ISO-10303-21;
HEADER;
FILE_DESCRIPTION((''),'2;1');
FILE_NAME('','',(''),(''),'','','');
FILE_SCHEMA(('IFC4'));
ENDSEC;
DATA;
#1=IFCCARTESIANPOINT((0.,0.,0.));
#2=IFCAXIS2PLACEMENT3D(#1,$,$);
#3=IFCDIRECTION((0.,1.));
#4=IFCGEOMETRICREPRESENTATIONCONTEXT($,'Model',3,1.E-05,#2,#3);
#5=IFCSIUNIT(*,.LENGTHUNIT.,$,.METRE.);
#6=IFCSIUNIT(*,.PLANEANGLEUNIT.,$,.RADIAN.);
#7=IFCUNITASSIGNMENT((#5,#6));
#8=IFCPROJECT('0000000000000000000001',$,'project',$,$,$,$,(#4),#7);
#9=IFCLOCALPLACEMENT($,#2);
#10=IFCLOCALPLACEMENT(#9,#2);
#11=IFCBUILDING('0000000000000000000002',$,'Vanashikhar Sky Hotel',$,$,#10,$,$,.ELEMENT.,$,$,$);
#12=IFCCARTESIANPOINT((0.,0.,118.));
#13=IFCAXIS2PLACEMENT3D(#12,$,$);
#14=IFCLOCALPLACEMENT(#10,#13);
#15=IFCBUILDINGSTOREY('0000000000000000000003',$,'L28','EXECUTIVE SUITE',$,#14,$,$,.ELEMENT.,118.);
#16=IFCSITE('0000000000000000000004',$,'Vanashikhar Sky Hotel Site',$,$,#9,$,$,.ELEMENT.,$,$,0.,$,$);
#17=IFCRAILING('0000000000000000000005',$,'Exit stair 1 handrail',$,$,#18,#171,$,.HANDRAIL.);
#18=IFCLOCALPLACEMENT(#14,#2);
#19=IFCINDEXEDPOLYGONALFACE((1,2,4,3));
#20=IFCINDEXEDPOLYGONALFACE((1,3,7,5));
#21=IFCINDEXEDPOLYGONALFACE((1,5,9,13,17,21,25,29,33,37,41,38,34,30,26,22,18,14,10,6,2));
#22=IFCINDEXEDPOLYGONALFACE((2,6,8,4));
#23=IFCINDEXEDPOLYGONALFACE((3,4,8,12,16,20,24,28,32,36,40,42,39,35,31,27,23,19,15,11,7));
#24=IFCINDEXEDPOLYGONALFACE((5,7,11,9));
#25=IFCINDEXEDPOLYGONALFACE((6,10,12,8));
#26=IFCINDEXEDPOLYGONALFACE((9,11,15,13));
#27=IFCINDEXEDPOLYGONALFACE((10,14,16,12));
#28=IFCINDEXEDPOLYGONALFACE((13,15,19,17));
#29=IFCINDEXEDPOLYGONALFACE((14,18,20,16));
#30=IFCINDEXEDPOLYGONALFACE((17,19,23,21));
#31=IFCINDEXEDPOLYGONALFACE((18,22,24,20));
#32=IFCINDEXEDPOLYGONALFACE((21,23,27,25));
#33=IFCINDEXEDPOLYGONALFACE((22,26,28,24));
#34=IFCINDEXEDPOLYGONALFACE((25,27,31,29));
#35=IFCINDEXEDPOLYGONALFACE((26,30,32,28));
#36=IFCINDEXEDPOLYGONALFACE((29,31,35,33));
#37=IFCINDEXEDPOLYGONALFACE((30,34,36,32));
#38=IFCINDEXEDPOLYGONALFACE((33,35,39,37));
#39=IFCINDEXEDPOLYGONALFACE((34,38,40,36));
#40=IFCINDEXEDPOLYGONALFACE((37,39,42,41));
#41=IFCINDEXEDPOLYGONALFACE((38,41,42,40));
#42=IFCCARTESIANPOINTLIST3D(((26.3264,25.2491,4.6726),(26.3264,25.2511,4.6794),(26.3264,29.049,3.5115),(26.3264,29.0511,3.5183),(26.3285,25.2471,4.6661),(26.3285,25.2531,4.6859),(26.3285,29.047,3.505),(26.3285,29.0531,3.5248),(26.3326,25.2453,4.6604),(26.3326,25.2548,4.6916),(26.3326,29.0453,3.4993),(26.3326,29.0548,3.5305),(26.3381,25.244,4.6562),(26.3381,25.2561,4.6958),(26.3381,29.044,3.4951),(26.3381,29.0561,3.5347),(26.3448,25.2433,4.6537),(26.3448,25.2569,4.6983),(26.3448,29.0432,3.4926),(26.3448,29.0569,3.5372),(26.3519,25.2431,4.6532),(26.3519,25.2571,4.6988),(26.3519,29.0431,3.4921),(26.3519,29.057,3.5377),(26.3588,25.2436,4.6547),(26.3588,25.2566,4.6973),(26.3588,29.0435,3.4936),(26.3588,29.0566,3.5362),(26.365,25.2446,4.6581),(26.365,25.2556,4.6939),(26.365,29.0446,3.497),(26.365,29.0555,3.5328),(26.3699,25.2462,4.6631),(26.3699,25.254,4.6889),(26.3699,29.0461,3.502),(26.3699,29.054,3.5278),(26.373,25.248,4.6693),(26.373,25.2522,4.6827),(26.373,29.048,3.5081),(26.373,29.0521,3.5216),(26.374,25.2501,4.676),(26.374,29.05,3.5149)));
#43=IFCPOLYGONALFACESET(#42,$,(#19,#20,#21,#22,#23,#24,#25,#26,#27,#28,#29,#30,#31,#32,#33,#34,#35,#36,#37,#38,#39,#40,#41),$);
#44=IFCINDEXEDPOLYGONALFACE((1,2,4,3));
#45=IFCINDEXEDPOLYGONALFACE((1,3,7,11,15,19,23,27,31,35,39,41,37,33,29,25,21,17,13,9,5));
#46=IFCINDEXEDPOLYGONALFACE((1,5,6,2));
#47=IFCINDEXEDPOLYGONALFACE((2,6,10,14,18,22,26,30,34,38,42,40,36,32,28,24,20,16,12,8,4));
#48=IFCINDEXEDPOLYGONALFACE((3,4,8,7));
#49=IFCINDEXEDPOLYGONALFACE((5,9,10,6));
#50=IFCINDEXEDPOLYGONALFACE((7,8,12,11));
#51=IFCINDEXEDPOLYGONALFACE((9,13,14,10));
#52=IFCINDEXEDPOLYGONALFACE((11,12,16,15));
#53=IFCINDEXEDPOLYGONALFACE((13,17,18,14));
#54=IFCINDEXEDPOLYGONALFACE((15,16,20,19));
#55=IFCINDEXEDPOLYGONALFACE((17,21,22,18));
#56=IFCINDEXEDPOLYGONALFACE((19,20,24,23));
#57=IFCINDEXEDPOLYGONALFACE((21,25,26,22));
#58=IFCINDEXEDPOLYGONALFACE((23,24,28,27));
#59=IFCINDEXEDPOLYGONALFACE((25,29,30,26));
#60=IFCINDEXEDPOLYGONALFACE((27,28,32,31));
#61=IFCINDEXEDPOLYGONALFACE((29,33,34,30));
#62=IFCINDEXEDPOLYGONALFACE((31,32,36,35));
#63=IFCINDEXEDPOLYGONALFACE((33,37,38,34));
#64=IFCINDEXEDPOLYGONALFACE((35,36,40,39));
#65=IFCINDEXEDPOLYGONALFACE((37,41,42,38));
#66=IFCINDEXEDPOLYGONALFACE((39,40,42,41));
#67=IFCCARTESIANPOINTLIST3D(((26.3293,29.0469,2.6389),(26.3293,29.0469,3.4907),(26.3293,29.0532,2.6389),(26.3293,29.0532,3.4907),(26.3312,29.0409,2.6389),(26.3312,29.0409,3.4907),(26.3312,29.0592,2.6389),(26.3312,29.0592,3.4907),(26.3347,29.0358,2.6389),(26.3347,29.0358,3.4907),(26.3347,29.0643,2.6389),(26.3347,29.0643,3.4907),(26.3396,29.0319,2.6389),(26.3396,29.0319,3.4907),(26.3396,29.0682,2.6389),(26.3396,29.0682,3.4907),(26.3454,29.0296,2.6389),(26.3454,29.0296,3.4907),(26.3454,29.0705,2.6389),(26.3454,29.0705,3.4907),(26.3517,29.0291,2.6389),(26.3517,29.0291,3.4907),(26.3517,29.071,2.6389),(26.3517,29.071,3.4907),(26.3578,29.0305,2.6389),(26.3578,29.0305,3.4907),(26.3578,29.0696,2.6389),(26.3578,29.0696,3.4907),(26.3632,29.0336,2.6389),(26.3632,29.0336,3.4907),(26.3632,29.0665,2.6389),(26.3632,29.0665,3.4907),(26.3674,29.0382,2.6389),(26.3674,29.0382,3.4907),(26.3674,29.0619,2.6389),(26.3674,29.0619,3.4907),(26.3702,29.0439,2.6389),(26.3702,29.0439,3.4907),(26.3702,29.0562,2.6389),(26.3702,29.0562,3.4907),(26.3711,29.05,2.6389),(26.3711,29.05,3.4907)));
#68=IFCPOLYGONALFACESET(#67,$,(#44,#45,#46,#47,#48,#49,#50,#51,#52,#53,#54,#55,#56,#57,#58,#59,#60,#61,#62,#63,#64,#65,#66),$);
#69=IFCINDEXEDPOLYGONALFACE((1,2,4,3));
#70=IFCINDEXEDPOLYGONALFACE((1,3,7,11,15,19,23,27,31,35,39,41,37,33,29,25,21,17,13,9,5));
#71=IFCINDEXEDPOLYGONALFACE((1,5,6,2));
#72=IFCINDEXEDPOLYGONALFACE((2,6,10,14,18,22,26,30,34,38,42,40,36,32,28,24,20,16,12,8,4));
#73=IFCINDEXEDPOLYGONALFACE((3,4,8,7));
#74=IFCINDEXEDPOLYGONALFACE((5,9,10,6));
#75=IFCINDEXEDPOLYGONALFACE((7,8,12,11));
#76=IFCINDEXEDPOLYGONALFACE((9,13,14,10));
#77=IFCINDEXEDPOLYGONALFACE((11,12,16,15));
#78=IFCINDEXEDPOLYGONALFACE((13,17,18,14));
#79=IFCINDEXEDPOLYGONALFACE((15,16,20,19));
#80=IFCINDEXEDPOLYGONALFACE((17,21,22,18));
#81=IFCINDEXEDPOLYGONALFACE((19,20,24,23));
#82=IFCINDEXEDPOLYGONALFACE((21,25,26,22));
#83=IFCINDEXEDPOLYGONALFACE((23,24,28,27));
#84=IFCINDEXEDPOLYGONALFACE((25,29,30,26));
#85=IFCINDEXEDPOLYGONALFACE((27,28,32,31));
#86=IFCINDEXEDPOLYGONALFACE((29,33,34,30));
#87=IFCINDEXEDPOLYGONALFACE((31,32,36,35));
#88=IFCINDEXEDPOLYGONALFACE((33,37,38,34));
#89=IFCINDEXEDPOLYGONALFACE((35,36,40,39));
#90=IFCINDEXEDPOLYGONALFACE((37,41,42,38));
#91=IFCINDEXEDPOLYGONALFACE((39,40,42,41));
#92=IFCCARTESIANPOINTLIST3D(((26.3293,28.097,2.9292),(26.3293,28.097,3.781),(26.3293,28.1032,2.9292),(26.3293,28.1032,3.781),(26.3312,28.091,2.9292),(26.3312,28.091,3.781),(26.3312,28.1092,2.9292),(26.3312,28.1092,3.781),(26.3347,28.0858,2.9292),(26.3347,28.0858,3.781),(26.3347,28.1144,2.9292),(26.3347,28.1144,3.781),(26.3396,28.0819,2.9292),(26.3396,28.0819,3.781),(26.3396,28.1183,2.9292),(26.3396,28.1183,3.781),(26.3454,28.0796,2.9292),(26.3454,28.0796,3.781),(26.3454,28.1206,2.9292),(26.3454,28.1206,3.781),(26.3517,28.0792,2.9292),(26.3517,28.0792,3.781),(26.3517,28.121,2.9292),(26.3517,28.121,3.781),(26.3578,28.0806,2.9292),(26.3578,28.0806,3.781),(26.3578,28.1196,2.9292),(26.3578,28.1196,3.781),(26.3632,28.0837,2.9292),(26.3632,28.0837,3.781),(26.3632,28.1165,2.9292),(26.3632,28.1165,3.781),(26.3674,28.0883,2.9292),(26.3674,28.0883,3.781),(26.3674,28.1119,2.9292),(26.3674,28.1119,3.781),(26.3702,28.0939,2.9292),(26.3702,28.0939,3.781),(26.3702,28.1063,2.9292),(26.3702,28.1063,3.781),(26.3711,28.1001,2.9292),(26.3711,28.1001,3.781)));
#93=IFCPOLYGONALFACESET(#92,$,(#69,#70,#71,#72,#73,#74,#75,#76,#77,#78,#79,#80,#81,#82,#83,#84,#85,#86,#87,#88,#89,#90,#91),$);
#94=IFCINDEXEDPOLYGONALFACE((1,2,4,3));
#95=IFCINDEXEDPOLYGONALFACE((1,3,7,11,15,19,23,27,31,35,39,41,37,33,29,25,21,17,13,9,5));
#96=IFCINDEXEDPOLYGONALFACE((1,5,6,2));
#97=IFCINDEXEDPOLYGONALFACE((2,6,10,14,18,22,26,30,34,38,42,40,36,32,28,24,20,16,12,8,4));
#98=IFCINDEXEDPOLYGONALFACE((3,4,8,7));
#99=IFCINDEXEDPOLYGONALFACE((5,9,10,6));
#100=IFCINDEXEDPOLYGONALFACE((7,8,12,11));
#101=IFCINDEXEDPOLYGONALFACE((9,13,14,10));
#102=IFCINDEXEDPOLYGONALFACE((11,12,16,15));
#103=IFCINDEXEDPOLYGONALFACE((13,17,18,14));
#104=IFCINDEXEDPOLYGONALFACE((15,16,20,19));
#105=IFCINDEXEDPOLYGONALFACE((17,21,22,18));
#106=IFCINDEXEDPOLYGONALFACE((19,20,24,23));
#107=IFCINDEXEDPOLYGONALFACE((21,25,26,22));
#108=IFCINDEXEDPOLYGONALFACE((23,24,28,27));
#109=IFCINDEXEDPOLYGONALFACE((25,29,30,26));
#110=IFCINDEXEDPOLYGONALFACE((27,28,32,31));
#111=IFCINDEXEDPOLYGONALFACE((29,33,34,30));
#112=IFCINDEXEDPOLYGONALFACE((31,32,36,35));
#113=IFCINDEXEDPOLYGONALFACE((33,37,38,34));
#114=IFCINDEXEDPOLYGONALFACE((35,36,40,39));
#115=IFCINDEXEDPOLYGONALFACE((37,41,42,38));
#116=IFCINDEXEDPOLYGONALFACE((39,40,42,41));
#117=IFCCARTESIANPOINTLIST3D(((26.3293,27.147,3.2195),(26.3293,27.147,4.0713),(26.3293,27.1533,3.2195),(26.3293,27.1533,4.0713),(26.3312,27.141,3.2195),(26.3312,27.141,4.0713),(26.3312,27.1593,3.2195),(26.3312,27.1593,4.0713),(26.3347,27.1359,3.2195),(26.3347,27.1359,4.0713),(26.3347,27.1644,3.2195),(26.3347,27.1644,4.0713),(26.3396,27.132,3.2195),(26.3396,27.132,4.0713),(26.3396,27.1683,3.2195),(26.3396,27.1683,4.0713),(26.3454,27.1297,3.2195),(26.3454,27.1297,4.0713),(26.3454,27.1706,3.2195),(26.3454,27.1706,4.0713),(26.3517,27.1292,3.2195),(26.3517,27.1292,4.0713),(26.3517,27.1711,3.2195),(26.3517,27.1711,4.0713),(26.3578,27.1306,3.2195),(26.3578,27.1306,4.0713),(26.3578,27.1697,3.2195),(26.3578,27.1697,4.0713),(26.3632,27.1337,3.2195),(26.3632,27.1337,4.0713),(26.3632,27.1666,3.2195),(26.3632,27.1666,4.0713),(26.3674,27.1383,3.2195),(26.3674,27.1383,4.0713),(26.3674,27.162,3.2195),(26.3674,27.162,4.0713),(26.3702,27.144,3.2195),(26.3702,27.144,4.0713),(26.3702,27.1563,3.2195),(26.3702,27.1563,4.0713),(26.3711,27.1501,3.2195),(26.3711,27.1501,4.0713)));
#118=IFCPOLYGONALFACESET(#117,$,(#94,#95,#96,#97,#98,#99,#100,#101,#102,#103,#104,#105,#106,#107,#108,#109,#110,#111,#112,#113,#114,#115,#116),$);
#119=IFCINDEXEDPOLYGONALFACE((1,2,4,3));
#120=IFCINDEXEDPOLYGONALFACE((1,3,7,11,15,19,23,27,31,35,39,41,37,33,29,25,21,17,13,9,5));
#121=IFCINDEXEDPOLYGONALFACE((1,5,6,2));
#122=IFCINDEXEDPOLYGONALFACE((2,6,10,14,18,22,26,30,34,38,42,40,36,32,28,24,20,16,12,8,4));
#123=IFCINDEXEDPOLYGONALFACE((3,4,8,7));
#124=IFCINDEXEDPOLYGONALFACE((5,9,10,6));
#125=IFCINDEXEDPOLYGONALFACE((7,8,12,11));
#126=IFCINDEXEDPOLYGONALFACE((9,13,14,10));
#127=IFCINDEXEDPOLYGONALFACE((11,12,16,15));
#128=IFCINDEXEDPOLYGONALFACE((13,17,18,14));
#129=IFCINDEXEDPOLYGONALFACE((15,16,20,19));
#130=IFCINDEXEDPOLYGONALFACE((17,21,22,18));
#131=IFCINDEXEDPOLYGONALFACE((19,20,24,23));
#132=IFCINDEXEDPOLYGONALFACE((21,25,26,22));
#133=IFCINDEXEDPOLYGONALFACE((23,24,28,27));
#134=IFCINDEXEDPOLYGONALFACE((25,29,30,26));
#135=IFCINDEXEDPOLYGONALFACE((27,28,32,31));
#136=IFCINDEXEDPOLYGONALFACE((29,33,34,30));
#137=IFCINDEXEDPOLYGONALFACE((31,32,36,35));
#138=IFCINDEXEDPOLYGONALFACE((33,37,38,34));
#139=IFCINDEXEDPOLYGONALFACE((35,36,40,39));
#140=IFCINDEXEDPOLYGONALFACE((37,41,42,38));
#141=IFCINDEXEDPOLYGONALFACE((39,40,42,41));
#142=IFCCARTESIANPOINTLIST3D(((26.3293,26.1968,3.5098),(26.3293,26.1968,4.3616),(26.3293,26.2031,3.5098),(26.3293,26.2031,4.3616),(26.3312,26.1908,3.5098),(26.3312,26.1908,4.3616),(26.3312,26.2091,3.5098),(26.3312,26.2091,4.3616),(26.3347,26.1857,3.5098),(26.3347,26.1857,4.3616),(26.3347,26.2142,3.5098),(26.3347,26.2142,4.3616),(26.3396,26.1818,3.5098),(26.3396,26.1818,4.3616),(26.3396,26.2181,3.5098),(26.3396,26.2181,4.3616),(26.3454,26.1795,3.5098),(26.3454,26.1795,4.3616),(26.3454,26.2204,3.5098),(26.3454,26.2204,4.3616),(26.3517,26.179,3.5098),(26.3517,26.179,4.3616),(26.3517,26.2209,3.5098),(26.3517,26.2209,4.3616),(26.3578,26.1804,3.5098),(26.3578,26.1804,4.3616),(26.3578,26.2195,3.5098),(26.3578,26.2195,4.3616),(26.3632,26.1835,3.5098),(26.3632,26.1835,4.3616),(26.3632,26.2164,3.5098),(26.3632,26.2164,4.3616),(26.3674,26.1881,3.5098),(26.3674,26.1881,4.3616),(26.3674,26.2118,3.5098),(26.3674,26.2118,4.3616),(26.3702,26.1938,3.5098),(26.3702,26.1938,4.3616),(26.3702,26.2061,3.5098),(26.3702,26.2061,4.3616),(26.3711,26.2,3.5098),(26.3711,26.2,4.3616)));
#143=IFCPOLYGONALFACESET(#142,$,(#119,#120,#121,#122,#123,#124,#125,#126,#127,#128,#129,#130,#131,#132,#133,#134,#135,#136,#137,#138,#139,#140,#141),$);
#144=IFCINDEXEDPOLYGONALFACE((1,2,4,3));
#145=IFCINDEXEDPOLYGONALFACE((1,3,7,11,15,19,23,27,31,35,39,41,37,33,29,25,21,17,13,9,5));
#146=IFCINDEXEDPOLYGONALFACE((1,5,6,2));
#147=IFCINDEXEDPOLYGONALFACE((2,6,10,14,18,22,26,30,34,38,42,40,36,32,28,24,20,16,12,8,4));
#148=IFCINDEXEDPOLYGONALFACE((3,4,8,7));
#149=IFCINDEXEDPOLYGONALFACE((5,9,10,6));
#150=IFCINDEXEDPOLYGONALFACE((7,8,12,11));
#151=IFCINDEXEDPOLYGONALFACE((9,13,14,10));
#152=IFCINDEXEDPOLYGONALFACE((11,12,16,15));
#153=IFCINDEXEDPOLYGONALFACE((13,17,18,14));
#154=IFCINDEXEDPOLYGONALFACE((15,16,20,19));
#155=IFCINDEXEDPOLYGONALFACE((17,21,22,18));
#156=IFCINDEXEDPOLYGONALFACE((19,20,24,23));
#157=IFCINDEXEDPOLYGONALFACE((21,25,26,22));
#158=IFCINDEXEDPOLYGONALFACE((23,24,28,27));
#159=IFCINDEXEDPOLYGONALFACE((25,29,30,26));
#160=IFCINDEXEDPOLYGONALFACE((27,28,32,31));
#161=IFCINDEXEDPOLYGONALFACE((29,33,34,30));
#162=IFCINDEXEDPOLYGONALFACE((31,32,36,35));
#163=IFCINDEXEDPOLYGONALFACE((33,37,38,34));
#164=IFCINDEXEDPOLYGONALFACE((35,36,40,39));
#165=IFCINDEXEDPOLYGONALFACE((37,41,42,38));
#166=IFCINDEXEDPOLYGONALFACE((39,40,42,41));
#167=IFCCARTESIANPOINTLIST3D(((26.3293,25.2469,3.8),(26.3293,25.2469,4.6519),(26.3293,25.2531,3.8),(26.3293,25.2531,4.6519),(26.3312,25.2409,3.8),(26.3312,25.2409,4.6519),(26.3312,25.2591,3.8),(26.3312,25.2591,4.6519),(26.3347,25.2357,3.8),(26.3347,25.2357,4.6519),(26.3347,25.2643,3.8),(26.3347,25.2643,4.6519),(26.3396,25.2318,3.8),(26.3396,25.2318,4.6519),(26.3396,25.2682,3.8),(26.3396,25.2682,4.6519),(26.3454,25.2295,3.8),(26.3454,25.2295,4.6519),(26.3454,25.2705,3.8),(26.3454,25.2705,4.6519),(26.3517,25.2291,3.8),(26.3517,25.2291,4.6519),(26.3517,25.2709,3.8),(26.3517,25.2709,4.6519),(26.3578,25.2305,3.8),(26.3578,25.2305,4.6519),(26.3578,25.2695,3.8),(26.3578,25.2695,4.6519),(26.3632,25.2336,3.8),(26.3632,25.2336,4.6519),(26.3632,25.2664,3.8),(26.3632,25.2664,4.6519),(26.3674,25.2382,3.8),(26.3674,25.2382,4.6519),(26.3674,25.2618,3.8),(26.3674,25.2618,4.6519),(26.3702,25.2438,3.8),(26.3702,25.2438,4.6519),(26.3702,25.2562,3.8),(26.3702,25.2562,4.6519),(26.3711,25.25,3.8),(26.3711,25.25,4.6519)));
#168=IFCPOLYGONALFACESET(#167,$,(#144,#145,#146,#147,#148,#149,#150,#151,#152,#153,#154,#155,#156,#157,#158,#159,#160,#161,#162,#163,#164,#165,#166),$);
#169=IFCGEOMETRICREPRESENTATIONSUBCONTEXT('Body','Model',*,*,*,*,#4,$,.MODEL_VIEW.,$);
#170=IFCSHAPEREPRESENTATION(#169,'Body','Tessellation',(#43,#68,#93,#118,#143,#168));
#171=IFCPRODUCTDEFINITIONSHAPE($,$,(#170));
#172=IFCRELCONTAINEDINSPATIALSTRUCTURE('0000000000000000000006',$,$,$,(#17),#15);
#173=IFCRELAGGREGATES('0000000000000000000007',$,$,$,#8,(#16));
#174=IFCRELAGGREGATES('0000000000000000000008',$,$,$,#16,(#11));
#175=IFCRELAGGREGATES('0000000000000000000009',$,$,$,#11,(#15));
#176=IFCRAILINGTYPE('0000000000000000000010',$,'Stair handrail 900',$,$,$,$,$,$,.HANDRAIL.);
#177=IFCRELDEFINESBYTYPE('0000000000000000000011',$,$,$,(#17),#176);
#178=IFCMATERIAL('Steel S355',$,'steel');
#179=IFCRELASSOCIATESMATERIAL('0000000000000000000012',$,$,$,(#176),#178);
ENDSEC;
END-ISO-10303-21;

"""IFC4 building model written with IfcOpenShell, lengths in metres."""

from ifc_helpers import new_model, si_unit, direction, frame, origin, origin_2d, place, context, subcontext, project, spatial, circle, extrude, source, transform, mapped, material, type_object, element, save


model = new_model("IFC4")

# Units and contexts
model_context = context("Model", 3, precision=1e-05, world=origin(), true_north=direction((0.0, 1.0)))
body_context = subcontext(model_context, "Body", "Model", "MODEL_VIEW")
ifc_project = project(units=[si_unit("LENGTHUNIT", "METRE"), si_unit("PLANEANGLEUNIT", "RADIAN")], contexts=[model_context])

# Site, building, storey
site_placement = place(None, origin())
site = spatial("IfcSite", under=ifc_project, at=site_placement, Name="Vanashikhar Sky Hotel Site", CompositionType="ELEMENT", RefElevation=0.0)
building_placement = place(site_placement, origin())
building = spatial("IfcBuilding", under=site, at=building_placement, Name="Vanashikhar Sky Hotel", CompositionType="ELEMENT")
storey_placement = place(building_placement, frame((0.0, 0.0, 118.0)))
storey = spatial("IfcBuildingStorey", under=building, at=storey_placement, Name="L28", Description="EXECUTIVE SUITE", CompositionType="ELEMENT", Elevation=118.0)

# Railing
ifc_material_1 = material(Name="Steel S355", Category="steel")
railing_type = type_object("IfcRailingType", Name="Stair handrail 900", PredefinedType="HANDRAIL", material=ifc_material_1)
shared_shape_1 = source(origin(), body_context, "Body", "SweptSolid", [
    extrude(circle(Radius=0.0239, at=origin_2d()), frame((0.0, 0.0, 0.876), z_axis=(0.0, -0.956351, 0.29222), x_axis=(1.0, 0.0, 0.0)), (0.0, 0.0, 1.0), 3.9734),
    extrude(circle(Radius=0.021, at=origin_2d()), origin(), (0.0, 0.0, 1.0), 0.8518),
    extrude(circle(Radius=0.021, at=origin_2d()), frame((0.0, -0.95, 0.2903)), (0.0, 0.0, 1.0), 0.8518),
    extrude(circle(Radius=0.021, at=origin_2d()), frame((0.0, -1.8999, 0.5806)), (0.0, 0.0, 1.0), 0.8518),
    extrude(circle(Radius=0.021, at=origin_2d()), frame((0.0, -2.8501, 0.8708)), (0.0, 0.0, 1.0), 0.8518),
    extrude(circle(Radius=0.021, at=origin_2d()), frame((0.0, -3.8, 1.1611)), (0.0, 0.0, 1.0), 0.8518),
])
for number, where, name in (
    (1, (26.3501, 29.05, 2.6389), "Exit stair 1 handrail"),
):
    element("IfcRailing", number, at=place(storey_placement, frame(where)), inside=storey, type_object=railing_type, Name=name, PredefinedType="HANDRAIL", context=body_context, shape_type="MappedRepresentation", body=[
        mapped(shared_shape_1, transform((0.0, 0.0, 0.0), scale=1.0)),
    ])

save(model, "model.ifc")
